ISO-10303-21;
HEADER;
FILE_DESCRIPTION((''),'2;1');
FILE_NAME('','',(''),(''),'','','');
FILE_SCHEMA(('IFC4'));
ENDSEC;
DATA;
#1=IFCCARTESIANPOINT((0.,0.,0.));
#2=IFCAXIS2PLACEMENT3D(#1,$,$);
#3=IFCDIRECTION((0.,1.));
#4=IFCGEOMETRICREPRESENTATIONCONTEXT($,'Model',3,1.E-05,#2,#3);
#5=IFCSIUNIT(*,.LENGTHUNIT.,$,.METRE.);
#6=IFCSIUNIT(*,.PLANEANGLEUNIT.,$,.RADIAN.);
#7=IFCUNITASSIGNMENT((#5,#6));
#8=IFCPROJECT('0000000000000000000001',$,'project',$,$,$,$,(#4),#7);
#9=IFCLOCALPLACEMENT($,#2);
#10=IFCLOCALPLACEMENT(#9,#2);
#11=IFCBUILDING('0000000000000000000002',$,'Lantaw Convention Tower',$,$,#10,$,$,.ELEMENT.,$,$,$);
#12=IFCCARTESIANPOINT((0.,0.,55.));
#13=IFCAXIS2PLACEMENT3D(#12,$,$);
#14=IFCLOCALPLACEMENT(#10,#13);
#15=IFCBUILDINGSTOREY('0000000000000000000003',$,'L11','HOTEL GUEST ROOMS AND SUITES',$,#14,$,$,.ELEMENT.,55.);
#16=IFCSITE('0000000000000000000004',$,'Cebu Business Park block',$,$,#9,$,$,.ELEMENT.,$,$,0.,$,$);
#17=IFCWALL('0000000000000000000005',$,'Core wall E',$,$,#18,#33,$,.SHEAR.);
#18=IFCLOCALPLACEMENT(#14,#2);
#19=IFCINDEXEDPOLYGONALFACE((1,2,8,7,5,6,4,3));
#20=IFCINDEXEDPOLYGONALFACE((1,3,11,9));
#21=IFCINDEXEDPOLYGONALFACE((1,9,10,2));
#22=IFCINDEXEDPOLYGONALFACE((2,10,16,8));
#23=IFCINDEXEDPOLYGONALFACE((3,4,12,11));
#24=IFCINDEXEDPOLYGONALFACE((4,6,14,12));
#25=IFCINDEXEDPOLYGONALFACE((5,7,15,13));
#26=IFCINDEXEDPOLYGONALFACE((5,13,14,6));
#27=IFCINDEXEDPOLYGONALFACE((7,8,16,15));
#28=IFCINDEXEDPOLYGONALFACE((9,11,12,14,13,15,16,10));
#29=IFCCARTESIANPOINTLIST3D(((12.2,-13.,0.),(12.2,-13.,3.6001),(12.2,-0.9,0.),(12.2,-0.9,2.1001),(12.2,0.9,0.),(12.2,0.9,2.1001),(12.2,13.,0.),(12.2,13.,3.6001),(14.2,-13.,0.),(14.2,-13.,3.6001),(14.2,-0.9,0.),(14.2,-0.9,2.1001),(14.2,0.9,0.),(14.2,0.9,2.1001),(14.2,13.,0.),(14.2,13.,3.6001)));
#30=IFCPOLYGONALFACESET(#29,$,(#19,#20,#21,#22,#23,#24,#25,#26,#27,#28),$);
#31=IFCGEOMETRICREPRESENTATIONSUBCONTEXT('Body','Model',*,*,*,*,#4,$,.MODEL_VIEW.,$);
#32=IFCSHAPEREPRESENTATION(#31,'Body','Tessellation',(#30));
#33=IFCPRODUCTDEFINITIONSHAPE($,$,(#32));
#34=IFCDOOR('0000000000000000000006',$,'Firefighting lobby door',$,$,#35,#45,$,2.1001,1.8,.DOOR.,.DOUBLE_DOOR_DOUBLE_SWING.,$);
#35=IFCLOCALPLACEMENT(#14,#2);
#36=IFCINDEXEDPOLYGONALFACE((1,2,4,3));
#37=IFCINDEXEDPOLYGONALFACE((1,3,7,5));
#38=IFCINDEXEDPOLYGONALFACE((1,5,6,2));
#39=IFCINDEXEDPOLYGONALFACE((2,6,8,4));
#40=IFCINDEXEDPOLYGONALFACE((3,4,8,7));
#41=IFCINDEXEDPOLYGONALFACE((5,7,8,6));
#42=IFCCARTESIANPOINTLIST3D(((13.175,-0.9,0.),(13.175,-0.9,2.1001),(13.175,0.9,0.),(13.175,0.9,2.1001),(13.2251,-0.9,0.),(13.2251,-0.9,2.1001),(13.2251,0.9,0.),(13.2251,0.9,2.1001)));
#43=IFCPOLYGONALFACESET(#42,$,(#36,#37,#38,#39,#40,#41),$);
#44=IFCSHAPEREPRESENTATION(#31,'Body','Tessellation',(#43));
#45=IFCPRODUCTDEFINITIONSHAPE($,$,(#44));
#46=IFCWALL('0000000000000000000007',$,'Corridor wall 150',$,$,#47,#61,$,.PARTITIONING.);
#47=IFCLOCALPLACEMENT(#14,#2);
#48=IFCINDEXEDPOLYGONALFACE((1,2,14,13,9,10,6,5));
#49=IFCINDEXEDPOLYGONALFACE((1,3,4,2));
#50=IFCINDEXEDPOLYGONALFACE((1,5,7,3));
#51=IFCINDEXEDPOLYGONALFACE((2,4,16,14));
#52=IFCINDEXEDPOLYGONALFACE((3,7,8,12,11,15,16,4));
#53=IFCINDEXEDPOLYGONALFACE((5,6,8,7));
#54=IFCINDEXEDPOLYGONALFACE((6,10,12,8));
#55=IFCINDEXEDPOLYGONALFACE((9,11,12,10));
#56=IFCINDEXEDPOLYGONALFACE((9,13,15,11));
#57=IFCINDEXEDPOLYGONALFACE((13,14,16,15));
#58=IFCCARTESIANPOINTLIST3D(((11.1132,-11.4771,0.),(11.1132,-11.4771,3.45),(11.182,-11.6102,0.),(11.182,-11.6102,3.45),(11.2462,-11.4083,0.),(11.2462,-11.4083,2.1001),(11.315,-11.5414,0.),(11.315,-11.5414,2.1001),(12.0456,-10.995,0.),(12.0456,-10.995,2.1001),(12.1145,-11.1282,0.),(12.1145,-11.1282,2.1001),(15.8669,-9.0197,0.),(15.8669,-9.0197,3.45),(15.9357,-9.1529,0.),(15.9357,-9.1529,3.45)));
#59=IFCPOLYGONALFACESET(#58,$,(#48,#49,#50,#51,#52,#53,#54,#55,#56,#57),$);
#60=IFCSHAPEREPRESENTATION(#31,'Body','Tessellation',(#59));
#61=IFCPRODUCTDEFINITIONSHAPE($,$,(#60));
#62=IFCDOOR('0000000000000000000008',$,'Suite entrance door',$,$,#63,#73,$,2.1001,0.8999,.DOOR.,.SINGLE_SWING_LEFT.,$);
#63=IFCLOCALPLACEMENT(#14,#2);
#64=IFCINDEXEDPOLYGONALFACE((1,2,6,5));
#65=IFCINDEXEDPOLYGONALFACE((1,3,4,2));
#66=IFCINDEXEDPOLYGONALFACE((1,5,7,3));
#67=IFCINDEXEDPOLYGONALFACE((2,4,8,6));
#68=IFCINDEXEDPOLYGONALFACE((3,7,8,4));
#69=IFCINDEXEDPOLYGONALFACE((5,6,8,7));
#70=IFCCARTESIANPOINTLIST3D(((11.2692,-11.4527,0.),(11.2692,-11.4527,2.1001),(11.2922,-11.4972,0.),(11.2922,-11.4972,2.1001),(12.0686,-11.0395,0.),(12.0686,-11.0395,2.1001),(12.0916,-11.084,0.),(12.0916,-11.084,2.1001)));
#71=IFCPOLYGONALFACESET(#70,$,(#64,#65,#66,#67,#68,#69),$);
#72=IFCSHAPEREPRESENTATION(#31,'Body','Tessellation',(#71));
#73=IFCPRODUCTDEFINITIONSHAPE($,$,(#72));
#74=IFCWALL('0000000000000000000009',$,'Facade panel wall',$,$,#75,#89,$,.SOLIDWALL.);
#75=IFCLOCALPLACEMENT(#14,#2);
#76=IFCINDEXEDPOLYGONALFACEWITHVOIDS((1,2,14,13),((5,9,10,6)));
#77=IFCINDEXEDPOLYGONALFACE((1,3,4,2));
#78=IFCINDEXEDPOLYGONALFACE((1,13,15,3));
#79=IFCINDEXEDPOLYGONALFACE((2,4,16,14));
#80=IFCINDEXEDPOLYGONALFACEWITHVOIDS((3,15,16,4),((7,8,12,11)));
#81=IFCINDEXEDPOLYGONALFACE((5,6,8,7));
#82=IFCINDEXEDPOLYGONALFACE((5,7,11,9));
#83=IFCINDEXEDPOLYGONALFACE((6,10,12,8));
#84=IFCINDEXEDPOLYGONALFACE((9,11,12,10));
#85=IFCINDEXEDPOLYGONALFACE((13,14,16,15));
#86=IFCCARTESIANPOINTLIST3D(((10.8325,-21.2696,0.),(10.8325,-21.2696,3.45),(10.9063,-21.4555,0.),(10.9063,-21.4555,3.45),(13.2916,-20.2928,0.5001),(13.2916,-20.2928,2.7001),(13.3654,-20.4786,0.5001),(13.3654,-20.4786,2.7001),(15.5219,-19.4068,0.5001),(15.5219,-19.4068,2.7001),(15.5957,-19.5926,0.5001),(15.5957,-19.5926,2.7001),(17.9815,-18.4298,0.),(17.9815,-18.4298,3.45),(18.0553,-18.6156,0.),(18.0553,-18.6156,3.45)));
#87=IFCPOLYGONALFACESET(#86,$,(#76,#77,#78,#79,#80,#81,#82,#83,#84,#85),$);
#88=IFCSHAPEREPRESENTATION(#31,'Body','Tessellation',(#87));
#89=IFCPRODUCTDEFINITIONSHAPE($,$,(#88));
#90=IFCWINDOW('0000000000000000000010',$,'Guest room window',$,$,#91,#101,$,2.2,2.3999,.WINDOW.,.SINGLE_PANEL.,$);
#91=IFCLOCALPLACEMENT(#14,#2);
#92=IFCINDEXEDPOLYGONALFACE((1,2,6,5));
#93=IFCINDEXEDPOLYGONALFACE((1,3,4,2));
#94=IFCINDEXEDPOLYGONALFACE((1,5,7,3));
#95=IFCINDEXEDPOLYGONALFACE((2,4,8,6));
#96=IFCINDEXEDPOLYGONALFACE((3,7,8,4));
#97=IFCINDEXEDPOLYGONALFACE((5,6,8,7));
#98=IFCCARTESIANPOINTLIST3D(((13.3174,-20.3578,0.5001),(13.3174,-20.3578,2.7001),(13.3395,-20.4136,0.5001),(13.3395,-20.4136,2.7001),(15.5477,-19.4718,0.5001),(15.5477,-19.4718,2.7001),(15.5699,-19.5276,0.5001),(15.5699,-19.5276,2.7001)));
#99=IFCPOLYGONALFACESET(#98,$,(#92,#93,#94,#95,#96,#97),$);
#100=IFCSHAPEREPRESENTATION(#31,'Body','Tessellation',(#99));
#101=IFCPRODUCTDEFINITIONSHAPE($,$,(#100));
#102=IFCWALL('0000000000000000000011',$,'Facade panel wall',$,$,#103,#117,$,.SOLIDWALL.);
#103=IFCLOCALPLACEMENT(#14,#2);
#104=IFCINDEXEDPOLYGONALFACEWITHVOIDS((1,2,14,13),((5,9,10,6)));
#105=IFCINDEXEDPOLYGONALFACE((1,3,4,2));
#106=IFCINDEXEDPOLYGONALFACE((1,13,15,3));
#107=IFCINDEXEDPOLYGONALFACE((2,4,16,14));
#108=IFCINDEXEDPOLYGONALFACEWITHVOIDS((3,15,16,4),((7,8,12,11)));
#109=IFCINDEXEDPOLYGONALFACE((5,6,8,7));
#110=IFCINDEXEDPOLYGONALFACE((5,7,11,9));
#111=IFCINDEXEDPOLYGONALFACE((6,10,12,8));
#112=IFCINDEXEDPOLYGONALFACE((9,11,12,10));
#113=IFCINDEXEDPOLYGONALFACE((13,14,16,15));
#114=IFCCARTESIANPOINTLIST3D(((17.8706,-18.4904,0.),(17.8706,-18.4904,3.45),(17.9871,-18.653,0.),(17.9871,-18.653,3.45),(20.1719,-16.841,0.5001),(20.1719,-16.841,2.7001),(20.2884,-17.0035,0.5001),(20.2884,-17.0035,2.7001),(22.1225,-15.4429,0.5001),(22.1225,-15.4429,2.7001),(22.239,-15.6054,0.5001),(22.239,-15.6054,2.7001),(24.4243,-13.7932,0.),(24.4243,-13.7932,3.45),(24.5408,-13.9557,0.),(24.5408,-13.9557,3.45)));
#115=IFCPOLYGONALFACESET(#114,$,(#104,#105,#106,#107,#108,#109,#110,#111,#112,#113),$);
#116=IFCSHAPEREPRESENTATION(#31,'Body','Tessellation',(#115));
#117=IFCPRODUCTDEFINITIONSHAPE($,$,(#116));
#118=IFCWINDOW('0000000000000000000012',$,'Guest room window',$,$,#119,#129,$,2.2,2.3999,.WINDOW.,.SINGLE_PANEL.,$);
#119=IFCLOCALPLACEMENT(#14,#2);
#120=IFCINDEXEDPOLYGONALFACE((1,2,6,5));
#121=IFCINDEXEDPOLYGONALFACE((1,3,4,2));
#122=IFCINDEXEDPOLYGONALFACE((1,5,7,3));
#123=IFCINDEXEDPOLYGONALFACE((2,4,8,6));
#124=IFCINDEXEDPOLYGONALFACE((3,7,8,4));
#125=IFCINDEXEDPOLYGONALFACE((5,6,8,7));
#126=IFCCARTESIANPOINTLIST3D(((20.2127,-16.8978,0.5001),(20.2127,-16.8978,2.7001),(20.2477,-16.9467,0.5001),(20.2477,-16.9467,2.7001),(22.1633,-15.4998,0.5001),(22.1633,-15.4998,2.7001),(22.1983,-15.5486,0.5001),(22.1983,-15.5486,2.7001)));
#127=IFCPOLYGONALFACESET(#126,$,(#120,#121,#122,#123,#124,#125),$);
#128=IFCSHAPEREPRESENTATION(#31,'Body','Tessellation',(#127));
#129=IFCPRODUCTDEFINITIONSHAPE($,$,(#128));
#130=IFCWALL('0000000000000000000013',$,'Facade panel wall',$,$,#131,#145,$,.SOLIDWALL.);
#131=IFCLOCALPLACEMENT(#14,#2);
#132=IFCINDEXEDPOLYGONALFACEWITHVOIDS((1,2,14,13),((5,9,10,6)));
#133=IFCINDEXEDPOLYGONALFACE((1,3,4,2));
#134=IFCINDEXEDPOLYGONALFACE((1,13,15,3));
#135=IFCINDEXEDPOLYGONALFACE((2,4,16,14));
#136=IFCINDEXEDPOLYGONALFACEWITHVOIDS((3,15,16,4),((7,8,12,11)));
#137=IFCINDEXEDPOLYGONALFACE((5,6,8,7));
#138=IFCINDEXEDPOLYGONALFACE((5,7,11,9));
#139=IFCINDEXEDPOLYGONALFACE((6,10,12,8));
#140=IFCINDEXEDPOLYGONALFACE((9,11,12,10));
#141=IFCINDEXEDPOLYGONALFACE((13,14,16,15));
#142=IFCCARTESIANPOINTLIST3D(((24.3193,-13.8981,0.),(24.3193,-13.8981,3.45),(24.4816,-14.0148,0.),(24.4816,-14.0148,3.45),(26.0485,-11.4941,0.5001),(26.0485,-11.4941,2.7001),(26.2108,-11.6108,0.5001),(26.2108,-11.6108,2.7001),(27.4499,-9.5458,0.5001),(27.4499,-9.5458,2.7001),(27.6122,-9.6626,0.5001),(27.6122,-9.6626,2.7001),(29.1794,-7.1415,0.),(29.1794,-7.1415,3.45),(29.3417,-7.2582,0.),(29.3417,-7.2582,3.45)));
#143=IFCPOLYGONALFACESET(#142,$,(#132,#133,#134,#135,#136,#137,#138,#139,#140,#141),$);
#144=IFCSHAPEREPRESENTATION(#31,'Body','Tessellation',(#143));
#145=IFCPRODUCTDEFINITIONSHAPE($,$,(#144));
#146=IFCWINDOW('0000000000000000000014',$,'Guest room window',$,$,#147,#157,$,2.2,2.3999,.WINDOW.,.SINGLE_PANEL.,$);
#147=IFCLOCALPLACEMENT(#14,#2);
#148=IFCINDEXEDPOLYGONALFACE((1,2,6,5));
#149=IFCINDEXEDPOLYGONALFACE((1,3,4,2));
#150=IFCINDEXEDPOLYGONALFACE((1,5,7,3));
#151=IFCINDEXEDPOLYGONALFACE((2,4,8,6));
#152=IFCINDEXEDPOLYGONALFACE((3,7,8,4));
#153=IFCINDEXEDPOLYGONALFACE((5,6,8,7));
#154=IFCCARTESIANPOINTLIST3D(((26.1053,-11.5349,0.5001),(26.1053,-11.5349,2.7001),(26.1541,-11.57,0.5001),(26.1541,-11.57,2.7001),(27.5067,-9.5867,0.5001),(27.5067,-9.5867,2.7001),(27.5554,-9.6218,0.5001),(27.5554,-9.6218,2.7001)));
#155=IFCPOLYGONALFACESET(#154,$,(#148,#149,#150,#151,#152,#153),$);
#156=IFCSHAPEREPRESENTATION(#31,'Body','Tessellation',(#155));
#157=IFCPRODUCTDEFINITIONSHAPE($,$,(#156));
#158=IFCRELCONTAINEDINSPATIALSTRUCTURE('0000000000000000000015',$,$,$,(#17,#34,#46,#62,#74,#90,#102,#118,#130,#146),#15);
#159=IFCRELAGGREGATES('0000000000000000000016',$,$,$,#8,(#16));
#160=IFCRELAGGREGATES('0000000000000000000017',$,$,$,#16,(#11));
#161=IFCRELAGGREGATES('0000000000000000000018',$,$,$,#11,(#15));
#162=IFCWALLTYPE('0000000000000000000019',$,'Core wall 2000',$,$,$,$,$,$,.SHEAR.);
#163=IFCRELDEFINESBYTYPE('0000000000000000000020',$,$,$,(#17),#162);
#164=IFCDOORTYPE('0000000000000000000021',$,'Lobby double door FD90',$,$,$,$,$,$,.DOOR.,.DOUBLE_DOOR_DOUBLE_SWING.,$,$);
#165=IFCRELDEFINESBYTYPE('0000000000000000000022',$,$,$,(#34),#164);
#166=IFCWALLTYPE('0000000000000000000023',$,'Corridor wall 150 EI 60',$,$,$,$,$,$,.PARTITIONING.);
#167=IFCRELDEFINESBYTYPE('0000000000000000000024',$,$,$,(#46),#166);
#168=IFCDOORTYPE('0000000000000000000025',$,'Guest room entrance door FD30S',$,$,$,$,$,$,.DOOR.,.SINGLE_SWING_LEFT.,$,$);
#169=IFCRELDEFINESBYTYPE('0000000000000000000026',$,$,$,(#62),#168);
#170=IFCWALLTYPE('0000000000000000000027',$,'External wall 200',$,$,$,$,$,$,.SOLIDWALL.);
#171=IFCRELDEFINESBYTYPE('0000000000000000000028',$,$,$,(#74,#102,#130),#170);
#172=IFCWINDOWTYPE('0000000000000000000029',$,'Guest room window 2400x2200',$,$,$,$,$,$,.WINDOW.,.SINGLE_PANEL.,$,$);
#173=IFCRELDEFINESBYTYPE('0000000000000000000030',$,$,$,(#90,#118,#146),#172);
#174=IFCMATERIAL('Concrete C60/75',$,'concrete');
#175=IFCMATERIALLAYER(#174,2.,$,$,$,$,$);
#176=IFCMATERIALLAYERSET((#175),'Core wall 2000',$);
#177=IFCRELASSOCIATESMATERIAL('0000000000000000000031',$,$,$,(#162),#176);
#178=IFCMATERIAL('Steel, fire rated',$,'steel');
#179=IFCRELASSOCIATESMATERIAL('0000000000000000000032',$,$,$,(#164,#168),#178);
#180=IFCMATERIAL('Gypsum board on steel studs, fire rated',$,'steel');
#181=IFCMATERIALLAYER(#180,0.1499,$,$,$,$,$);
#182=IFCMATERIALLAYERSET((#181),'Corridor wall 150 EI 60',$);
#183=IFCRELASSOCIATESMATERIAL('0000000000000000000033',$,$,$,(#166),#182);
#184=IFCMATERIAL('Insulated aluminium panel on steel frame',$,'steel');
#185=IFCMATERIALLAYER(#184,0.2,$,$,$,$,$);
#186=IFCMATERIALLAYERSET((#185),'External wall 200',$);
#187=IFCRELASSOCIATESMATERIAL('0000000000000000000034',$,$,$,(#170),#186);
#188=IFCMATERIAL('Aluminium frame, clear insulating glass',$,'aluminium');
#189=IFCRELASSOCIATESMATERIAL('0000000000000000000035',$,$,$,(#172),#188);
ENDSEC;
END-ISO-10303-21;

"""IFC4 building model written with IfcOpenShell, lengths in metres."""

from ifc_helpers import new_model, si_unit, direction, frame, frame_2d, origin, place, context, subcontext, project, spatial, rectangle, extrude, material, layer, layer_set, type_object, element, fill, save


model = new_model("IFC4")

# Units and contexts
model_context = context("Model", 3, precision=1e-05, world=origin(), true_north=direction((0.0, 1.0)))
body_context = subcontext(model_context, "Body", "Model", "MODEL_VIEW")
ifc_project = project(units=[si_unit("LENGTHUNIT", "METRE"), si_unit("PLANEANGLEUNIT", "RADIAN")], contexts=[model_context])

# Site, building, storey
site_placement = place(None, origin())
site = spatial("IfcSite", under=ifc_project, at=site_placement, Name="Cebu Business Park block", CompositionType="ELEMENT", RefElevation=0.0)
building_placement = place(site_placement, origin())
building = spatial("IfcBuilding", under=site, at=building_placement, Name="Lantaw Convention Tower", CompositionType="ELEMENT")
storey_placement = place(building_placement, frame((0.0, 0.0, 55.0)))
storey = spatial("IfcBuildingStorey", under=building, at=storey_placement, Name="L11", Description="HOTEL GUEST ROOMS AND SUITES", CompositionType="ELEMENT", Elevation=55.0)

# Shared definitions
ifc_material_1 = material(Name="Concrete C60/75", Category="concrete")

# Walls, openings, doors
ifc_layer_1 = layer(ifc_material_1, 2.0)
ifc_layer_set_1 = layer_set([ifc_layer_1], Name="Core wall 2000")
wall_type_1 = type_object("IfcWallType", Name="Core wall 2000", PredefinedType="SHEAR", material=ifc_layer_set_1)
wall_1_placement = place(storey_placement, frame((13.2, -13.0, 0.0), z_axis=(0.0, 0.0, 1.0), x_axis=(0.0, 1.0, 0.0)))
wall_1 = element("IfcWall", 1, at=wall_1_placement, inside=storey, type_object=wall_type_1, Name="Core wall E", PredefinedType="SHEAR", context=body_context, shape_type="SweptSolid", body=[
    extrude(rectangle(XDim=26.0, YDim=2.0, at=frame_2d((13.0, 0.0))), origin(), (0.0, 0.0, 1.0), 3.6001),
])
opening_1_placement = place(wall_1_placement, frame((12.1001, 0.0, 0.0)))
opening_1 = element("IfcOpeningElement", 2, at=opening_1_placement, cuts=wall_1, PredefinedType="OPENING", context=body_context, shape_type="SweptSolid", body=[
    extrude(rectangle(XDim=1.8, YDim=2.1001, at=frame_2d((0.8999, 1.05))), frame((0.0, 1.01, 0.0), z_axis=(0.0, -1.0, 0.0), x_axis=(1.0, 0.0, 0.0)), (0.0, 0.0, 1.0), 2.02),
])
ifc_material_2 = material(Name="Steel, fire rated", Category="steel")
door_type_1 = type_object("IfcDoorType", Name="Lobby double door FD90", OperationType="DOUBLE_DOOR_DOUBLE_SWING", PredefinedType="DOOR", material=ifc_material_2)
door_1_placement = place(opening_1_placement, origin())
door_1 = element("IfcDoor", 3, at=door_1_placement, inside=storey, type_object=door_type_1, Name="Firefighting lobby door", OperationType="DOUBLE_DOOR_DOUBLE_SWING", OverallHeight=2.1001, OverallWidth=1.8, PredefinedType="DOOR", context=body_context, shape_type="SweptSolid", body=[
    extrude(rectangle(XDim=1.8, YDim=2.1001, at=frame_2d((0.8999, 1.05))), frame((0.0, 0.0249, 0.0), z_axis=(0.0, -1.0, 0.0), x_axis=(1.0, 0.0, 0.0)), (0.0, 0.0, 1.0), 0.05),
])
fill(opening_1, door_1)
ifc_material_3 = material(Name="Gypsum board on steel studs, fire rated", Category="steel")
ifc_layer_2 = layer(ifc_material_3, 0.1499)
ifc_layer_set_2 = layer_set([ifc_layer_2], Name="Corridor wall 150 EI 60")
wall_type_2 = type_object("IfcWallType", Name="Corridor wall 150 EI 60", PredefinedType="PARTITIONING", material=ifc_layer_set_2)
wall_2_placement = place(storey_placement, frame((11.1475, -11.5437, 0.0), z_axis=(0.0, 0.0, 1.0), x_axis=(0.888333, 0.459199, 0.0)))
wall_2 = element("IfcWall", 4, at=wall_2_placement, inside=storey, type_object=wall_type_2, Name="Corridor wall 150", PredefinedType="PARTITIONING", context=body_context, shape_type="SweptSolid", body=[
    extrude(rectangle(XDim=5.3513, YDim=0.1499, at=frame_2d((2.6758, 0.0))), origin(), (0.0, 0.0, 1.0), 3.45),
])
opening_2_placement = place(wall_2_placement, frame((0.1499, 0.0, 0.0)))
opening_2 = element("IfcOpeningElement", 5, at=opening_2_placement, cuts=wall_2, PredefinedType="OPENING", context=body_context, shape_type="SweptSolid", body=[
    extrude(rectangle(XDim=0.8999, YDim=2.1001, at=frame_2d((0.45, 1.05))), frame((0.0, 0.085, 0.0), z_axis=(0.0, -1.0, 0.0), x_axis=(1.0, 0.0, 0.0)), (0.0, 0.0, 1.0), 0.1699),
])
door_type_2 = type_object("IfcDoorType", Name="Guest room entrance door FD30S", OperationType="SINGLE_SWING_LEFT", PredefinedType="DOOR", material=ifc_material_2)
door_2_placement = place(opening_2_placement, origin())
door_2 = element("IfcDoor", 6, at=door_2_placement, inside=storey, type_object=door_type_2, Name="Suite entrance door", OperationType="SINGLE_SWING_LEFT", OverallHeight=2.1001, OverallWidth=0.8999, PredefinedType="DOOR", context=body_context, shape_type="SweptSolid", body=[
    extrude(rectangle(XDim=0.8999, YDim=2.1001, at=frame_2d((0.45, 1.05))), frame((0.0, 0.0249, 0.0), z_axis=(0.0, -1.0, 0.0), x_axis=(1.0, 0.0, 0.0)), (0.0, 0.0, 1.0), 0.05),
])
fill(opening_2, door_2)

# Walls, openings, windows
ifc_material_4 = material(Name="Insulated aluminium panel on steel frame", Category="steel")
ifc_layer_3 = layer(ifc_material_4, 0.2)
ifc_layer_set_3 = layer_set([ifc_layer_3], Name="External wall 200")
wall_type_3 = type_object("IfcWallType", Name="External wall 200", PredefinedType="SOLIDWALL", material=ifc_layer_set_3)
wall_3_placement = place(storey_placement, frame((10.8694, -21.3625, 0.0), z_axis=(0.0, 0.0, 1.0), x_axis=(0.929358, 0.369179, 0.0)))
wall_3 = element("IfcWall", 7, at=wall_3_placement, inside=storey, type_object=wall_type_3, Name="Facade panel wall", PredefinedType="SOLIDWALL", context=body_context, shape_type="SweptSolid", body=[
    extrude(rectangle(XDim=7.6924, YDim=0.2, at=frame_2d((3.8462, 0.0))), origin(), (0.0, 0.0, 1.0), 3.45),
])
opening_3_placement = place(wall_3_placement, frame((2.646, 0.0, 0.5)))
opening_3 = element("IfcOpeningElement", 8, at=opening_3_placement, cuts=wall_3, PredefinedType="OPENING", context=body_context, shape_type="SweptSolid", body=[
    extrude(rectangle(XDim=2.3999, YDim=2.2, at=frame_2d((1.2, 1.1001))), frame((0.0, 0.1099, 0.0), z_axis=(0.0, -1.0, 0.0), x_axis=(1.0, 0.0, 0.0)), (0.0, 0.0, 1.0), 0.22),
])
ifc_material_5 = material(Name="Aluminium frame, clear insulating glass", Category="aluminium")
window_type = type_object("IfcWindowType", Name="Guest room window 2400x2200", PartitioningType="SINGLE_PANEL", PredefinedType="WINDOW", material=ifc_material_5)
window_1_placement = place(opening_3_placement, origin())
window_1 = element("IfcWindow", 9, at=window_1_placement, inside=storey, type_object=window_type, Name="Guest room window", OverallHeight=2.2, OverallWidth=2.3999, PartitioningType="SINGLE_PANEL", PredefinedType="WINDOW", context=body_context, shape_type="SweptSolid", body=[
    extrude(rectangle(XDim=2.3999, YDim=2.2, at=frame_2d((1.2, 1.1001))), frame((0.0, 0.03, 0.0), z_axis=(0.0, -1.0, 0.0), x_axis=(1.0, 0.0, 0.0)), (0.0, 0.0, 1.0), 0.0601),
])
fill(opening_3, window_1)
wall_4_placement = place(storey_placement, frame((17.9287, -18.5718, 0.0), z_axis=(0.0, 0.0, 1.0), x_axis=(0.812791, 0.582555, 0.0)))
wall_4 = element("IfcWall", 10, at=wall_4_placement, inside=storey, type_object=wall_type_3, Name="Facade panel wall", PredefinedType="SOLIDWALL", context=body_context, shape_type="SweptSolid", body=[
    extrude(rectangle(XDim=8.0632, YDim=0.2, at=frame_2d((4.0317, 0.0))), origin(), (0.0, 0.0, 1.0), 3.45),
])
opening_4_placement = place(wall_4_placement, frame((2.8315, 0.0, 0.5)))
opening_4 = element("IfcOpeningElement", 11, at=opening_4_placement, cuts=wall_4, PredefinedType="OPENING", context=body_context, shape_type="SweptSolid", body=[
    extrude(rectangle(XDim=2.3999, YDim=2.2, at=frame_2d((1.2, 1.1001))), frame((0.0, 0.1099, 0.0), z_axis=(0.0, -1.0, 0.0), x_axis=(1.0, 0.0, 0.0)), (0.0, 0.0, 1.0), 0.22),
])
window_2_placement = place(opening_4_placement, origin())
window_2 = element("IfcWindow", 12, at=window_2_placement, inside=storey, type_object=window_type, Name="Guest room window", OverallHeight=2.2, OverallWidth=2.3999, PartitioningType="SINGLE_PANEL", PredefinedType="WINDOW", context=body_context, shape_type="SweptSolid", body=[
    extrude(rectangle(XDim=2.3999, YDim=2.2, at=frame_2d((1.2, 1.1001))), frame((0.0, 0.03, 0.0), z_axis=(0.0, -1.0, 0.0), x_axis=(1.0, 0.0, 0.0)), (0.0, 0.0, 1.0), 0.0601),
])
fill(opening_4, window_2)
wall_5_placement = place(storey_placement, frame((24.4004, -13.9565, 0.0), z_axis=(0.0, 0.0, 1.0), x_axis=(0.583938, 0.811799, 0.0)))
wall_5 = element("IfcWall", 13, at=wall_5_placement, inside=storey, type_object=wall_type_3, Name="Facade panel wall", PredefinedType="SOLIDWALL", context=body_context, shape_type="SweptSolid", body=[
    extrude(rectangle(XDim=8.323, YDim=0.2, at=frame_2d((4.1616, 0.0))), origin(), (0.0, 0.0, 1.0), 3.45),
])
opening_5_placement = place(wall_5_placement, frame((2.9614, 0.0, 0.5)))
opening_5 = element("IfcOpeningElement", 14, at=opening_5_placement, cuts=wall_5, PredefinedType="OPENING", context=body_context, shape_type="SweptSolid", body=[
    extrude(rectangle(XDim=2.3999, YDim=2.2, at=frame_2d((1.2, 1.1001))), frame((0.0, 0.1099, 0.0), z_axis=(0.0, -1.0, 0.0), x_axis=(1.0, 0.0, 0.0)), (0.0, 0.0, 1.0), 0.22),
])
window_3_placement = place(opening_5_placement, origin())
window_3 = element("IfcWindow", 15, at=window_3_placement, inside=storey, type_object=window_type, Name="Guest room window", OverallHeight=2.2, OverallWidth=2.3999, PartitioningType="SINGLE_PANEL", PredefinedType="WINDOW", context=body_context, shape_type="SweptSolid", body=[
    extrude(rectangle(XDim=2.3999, YDim=2.2, at=frame_2d((1.2, 1.1001))), frame((0.0, 0.03, 0.0), z_axis=(0.0, -1.0, 0.0), x_axis=(1.0, 0.0, 0.0)), (0.0, 0.0, 1.0), 0.0601),
])
fill(opening_5, window_3)

save(model, "model.ifc")
